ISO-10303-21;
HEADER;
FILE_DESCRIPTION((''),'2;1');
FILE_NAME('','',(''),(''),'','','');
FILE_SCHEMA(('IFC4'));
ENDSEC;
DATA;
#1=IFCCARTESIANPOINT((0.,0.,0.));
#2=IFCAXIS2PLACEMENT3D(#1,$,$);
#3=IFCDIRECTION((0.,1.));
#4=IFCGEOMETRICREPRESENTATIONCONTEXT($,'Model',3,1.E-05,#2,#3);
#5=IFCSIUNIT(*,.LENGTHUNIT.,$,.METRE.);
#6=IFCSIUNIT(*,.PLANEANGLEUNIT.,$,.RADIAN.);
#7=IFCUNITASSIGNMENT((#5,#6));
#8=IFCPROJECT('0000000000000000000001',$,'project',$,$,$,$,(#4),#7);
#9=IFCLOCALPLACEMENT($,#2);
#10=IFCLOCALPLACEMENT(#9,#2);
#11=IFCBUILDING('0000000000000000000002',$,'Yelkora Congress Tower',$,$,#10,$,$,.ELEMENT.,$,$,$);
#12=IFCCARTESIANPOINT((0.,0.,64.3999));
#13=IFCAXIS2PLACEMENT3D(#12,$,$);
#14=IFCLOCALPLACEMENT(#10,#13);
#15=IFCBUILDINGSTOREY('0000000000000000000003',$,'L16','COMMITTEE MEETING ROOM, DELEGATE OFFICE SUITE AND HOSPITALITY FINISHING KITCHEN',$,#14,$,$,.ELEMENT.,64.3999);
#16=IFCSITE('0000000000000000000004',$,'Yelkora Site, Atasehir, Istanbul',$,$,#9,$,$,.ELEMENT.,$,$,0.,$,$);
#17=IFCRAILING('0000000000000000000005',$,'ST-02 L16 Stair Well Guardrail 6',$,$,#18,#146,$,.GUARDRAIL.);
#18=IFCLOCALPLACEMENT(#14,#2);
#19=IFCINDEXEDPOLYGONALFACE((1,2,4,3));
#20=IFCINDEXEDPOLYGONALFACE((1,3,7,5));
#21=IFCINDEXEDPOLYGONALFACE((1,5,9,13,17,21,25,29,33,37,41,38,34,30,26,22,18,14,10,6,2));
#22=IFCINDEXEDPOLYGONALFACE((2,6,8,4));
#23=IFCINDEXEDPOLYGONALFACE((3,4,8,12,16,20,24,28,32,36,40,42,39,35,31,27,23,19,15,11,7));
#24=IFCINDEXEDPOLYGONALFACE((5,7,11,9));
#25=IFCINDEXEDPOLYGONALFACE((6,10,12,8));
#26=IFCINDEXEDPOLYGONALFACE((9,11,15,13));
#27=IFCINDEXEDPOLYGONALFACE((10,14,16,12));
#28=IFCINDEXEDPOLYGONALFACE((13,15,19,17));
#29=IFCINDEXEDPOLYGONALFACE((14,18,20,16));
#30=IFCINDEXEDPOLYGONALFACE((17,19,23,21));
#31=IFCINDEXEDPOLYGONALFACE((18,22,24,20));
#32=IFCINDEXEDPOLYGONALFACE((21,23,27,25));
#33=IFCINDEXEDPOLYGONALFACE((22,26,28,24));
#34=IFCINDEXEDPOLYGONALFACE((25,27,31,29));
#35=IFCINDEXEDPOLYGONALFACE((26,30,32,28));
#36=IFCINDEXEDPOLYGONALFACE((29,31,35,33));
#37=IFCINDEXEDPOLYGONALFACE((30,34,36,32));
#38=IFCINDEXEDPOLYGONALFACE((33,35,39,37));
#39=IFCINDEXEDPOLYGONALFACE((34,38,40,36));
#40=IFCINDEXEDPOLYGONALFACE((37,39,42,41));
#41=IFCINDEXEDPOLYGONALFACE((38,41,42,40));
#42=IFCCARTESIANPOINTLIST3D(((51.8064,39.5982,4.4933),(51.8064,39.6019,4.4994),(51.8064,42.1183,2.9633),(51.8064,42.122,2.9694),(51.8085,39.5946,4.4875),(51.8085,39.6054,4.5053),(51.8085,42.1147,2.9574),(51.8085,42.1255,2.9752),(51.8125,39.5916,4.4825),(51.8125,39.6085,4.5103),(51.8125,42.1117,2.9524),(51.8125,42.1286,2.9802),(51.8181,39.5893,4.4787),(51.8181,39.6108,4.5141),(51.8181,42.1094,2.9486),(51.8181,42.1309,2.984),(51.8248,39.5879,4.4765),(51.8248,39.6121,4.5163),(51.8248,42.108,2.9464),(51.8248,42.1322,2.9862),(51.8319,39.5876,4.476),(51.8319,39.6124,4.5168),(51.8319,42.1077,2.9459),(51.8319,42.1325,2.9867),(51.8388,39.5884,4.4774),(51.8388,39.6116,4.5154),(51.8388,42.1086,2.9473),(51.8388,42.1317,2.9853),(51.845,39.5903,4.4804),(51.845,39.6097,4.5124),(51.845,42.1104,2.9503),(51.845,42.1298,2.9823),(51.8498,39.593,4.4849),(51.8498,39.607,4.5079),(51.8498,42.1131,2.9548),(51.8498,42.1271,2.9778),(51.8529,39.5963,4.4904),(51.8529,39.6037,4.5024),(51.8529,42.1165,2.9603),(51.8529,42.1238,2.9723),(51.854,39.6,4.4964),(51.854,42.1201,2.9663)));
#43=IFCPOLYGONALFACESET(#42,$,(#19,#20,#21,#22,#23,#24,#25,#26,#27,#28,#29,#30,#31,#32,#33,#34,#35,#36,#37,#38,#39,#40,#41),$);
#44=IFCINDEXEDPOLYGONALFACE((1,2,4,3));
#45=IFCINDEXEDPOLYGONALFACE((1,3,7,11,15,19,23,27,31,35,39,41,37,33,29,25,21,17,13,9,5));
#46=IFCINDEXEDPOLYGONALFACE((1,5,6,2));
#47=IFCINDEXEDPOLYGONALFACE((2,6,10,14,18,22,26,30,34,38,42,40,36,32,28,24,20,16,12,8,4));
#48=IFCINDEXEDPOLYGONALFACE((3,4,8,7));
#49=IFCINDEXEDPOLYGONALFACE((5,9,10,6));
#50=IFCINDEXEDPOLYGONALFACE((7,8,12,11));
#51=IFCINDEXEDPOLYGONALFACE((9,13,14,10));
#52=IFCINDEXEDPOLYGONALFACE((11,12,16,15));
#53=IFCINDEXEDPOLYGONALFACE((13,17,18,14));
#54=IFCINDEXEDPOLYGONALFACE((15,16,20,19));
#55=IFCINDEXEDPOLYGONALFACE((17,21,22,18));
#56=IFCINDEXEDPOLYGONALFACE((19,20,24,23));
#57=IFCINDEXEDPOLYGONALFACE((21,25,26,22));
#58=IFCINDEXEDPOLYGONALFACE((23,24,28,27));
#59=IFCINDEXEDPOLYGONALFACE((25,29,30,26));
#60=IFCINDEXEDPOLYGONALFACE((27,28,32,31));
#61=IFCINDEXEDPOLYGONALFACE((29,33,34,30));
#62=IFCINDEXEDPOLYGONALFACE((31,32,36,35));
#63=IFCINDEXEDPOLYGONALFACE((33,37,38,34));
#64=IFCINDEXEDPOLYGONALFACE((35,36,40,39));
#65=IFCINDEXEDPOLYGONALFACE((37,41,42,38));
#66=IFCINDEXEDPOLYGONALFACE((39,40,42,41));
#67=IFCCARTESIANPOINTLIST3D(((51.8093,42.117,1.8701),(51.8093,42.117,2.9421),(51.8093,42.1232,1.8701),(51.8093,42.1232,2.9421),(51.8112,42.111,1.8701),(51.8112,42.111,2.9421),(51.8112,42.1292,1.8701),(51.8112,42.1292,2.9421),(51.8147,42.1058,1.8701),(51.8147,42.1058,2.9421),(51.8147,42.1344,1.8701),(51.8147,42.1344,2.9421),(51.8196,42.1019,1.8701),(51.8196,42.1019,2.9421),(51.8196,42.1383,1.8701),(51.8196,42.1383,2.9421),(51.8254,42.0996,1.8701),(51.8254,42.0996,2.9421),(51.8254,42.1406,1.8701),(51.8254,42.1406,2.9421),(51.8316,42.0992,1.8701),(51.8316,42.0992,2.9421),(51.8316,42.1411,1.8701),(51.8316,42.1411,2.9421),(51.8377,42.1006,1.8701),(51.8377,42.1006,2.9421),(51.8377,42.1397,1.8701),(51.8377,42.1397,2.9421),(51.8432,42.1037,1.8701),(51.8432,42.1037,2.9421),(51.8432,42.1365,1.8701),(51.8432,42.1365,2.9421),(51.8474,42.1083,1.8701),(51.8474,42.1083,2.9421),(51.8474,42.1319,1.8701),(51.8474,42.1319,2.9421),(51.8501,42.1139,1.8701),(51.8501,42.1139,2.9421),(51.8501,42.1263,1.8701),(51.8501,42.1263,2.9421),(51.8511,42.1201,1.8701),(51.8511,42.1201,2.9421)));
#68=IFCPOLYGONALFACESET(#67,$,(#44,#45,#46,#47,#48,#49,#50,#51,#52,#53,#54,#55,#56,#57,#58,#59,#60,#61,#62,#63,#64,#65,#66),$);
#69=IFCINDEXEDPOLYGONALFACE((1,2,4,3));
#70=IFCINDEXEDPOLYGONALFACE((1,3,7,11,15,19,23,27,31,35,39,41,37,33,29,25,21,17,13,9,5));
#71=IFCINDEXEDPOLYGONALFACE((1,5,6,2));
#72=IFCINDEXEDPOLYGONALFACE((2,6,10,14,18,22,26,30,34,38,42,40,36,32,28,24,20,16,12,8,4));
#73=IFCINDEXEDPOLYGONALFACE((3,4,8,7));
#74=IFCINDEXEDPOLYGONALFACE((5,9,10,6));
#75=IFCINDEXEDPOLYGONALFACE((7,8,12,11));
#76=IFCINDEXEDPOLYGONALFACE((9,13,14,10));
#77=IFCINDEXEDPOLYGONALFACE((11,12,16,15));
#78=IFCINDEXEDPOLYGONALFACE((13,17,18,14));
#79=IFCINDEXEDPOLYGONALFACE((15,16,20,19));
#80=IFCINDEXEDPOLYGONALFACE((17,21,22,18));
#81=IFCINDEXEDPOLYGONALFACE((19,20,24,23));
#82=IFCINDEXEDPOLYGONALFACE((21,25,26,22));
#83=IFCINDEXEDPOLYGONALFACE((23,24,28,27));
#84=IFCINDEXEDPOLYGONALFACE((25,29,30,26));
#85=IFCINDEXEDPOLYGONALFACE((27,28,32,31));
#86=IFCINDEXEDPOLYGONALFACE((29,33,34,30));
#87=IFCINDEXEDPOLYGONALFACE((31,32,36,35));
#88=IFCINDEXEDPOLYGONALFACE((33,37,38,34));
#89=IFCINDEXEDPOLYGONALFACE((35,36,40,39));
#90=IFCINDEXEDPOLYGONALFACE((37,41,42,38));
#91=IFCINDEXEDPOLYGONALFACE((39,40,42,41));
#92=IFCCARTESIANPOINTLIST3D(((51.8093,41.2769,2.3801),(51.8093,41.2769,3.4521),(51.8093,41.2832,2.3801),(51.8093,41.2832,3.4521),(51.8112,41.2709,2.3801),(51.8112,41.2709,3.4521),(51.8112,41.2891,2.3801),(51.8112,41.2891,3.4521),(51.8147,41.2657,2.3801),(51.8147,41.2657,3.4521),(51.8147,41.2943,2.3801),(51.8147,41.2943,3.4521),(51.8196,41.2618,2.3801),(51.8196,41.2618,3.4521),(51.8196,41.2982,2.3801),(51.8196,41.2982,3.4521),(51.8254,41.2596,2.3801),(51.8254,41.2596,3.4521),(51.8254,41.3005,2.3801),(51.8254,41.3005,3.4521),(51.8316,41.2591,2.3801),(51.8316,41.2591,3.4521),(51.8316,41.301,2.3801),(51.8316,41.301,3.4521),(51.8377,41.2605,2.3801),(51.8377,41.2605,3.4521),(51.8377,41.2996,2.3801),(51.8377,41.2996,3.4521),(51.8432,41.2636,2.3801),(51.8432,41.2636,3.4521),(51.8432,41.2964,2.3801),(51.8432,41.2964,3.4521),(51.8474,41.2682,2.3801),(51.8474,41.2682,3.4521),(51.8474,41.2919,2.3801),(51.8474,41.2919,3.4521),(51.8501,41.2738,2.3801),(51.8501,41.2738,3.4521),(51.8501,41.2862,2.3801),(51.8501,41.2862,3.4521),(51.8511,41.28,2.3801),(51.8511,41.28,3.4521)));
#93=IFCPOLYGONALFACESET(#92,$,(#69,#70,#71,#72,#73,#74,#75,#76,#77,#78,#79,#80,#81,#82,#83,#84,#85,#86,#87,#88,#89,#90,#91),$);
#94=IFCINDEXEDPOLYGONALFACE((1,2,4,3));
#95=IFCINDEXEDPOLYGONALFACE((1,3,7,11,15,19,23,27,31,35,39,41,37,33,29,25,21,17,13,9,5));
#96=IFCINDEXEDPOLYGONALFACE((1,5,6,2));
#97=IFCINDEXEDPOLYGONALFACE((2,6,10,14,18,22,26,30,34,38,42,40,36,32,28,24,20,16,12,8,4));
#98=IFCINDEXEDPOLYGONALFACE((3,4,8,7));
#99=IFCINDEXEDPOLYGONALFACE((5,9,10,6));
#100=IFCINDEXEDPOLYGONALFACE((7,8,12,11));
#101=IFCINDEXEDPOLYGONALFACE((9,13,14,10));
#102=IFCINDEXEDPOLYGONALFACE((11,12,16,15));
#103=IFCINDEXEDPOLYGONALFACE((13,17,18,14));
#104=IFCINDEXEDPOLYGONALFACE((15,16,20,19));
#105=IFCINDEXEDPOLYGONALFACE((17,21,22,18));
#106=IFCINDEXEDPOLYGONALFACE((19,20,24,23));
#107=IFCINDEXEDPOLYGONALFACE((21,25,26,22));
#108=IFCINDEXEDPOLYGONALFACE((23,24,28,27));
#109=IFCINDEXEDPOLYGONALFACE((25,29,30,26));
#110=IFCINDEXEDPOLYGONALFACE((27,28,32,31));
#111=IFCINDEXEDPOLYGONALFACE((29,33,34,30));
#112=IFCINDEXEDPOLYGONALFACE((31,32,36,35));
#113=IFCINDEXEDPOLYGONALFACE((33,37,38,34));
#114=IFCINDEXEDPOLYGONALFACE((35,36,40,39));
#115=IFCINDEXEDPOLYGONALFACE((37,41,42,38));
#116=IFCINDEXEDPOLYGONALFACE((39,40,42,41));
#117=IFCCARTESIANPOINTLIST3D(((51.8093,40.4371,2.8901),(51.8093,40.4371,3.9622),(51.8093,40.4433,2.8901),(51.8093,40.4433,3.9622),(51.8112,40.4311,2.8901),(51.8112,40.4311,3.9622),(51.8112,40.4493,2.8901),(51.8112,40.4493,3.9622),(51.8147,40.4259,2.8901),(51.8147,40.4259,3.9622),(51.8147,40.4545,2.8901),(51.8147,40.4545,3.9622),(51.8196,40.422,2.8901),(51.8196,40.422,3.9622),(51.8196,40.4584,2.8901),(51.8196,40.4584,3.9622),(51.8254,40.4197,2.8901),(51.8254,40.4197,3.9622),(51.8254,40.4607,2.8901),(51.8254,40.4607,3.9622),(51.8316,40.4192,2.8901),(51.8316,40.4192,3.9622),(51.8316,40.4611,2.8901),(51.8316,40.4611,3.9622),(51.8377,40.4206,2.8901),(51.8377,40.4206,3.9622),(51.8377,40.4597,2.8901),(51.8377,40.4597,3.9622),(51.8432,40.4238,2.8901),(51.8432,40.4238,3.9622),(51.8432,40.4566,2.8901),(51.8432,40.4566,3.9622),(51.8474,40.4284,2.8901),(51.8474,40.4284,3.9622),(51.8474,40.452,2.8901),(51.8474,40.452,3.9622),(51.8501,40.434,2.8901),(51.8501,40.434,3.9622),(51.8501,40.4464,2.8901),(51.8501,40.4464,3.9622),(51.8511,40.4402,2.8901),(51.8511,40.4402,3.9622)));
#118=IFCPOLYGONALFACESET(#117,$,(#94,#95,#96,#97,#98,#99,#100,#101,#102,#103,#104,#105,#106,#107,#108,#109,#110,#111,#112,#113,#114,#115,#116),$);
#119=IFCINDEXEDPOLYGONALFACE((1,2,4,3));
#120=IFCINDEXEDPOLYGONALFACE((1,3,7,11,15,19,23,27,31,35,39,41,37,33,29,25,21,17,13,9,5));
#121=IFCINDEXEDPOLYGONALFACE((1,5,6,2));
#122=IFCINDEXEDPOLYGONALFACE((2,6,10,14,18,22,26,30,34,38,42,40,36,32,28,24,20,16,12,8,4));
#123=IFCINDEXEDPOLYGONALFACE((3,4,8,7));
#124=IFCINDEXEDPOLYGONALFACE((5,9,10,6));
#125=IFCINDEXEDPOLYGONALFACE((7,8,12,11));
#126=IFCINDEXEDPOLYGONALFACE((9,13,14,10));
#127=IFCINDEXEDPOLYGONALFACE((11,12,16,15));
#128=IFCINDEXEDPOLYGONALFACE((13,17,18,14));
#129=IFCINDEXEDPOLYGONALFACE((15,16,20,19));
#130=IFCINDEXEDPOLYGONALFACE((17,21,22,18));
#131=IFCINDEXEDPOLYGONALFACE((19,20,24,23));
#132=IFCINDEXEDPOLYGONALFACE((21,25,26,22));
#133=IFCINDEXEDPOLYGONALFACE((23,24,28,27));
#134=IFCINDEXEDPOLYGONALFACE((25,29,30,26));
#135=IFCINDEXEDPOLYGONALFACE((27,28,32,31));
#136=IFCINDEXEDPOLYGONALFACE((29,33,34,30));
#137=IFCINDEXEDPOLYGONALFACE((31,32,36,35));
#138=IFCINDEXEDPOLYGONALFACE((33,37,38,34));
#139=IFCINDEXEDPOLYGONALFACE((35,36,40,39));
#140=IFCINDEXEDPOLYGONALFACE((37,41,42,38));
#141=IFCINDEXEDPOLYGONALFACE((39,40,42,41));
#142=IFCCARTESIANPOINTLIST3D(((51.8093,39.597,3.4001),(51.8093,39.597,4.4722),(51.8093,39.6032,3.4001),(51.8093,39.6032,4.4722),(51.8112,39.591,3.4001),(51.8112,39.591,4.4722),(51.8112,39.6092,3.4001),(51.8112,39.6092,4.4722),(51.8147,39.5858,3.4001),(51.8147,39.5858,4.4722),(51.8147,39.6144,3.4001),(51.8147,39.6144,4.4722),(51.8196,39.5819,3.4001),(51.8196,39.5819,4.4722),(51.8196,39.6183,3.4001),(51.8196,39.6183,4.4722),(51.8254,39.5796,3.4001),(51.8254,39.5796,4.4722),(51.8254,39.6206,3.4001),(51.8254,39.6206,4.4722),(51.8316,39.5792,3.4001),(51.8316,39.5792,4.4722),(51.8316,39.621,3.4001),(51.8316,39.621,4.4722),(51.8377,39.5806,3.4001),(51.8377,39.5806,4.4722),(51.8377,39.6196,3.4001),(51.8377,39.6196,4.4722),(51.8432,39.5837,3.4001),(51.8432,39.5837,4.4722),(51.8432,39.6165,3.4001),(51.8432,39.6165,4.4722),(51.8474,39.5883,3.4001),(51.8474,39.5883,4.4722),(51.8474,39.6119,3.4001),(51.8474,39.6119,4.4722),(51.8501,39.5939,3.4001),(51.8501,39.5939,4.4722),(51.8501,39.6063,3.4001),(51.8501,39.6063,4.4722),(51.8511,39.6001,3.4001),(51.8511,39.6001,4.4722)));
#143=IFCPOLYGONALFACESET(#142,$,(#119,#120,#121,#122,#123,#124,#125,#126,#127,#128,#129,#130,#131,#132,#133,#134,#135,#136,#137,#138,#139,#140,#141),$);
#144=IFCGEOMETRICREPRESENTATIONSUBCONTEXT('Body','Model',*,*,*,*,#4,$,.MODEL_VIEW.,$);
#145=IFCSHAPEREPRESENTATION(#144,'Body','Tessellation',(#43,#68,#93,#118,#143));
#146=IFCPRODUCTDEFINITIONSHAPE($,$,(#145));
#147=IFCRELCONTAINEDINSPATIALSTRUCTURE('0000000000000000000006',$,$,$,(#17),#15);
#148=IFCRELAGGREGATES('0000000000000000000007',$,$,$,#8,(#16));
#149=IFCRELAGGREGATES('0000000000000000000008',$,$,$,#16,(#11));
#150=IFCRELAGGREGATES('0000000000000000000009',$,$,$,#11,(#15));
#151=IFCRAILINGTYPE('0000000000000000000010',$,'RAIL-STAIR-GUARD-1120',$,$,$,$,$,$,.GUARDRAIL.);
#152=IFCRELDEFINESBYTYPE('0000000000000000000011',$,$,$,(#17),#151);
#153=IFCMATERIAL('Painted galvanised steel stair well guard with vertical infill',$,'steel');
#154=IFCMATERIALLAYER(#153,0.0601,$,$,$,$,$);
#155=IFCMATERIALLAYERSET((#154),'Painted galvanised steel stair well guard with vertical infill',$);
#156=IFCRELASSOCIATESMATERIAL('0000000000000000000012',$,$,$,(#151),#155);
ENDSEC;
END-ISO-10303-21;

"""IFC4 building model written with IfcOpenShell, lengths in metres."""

from ifc_helpers import new_model, si_unit, direction, frame, origin, origin_2d, place, context, subcontext, project, spatial, circle, extrude, material, layer, layer_set, type_object, element, save


model = new_model("IFC4")

# Units and contexts
model_context = context("Model", 3, precision=1e-05, world=origin(), true_north=direction((0.0, 1.0)))
body_context = subcontext(model_context, "Body", "Model", "MODEL_VIEW")
ifc_project = project(units=[si_unit("LENGTHUNIT", "METRE"), si_unit("PLANEANGLEUNIT", "RADIAN")], contexts=[model_context])

# Site, building, storey
site_placement = place(None, origin())
site = spatial("IfcSite", under=ifc_project, at=site_placement, Name="Yelkora Site, Atasehir, Istanbul", CompositionType="ELEMENT", RefElevation=0.0)
building_placement = place(site_placement, origin())
building = spatial("IfcBuilding", under=site, at=building_placement, Name="Yelkora Congress Tower", CompositionType="ELEMENT")
storey_placement = place(building_placement, frame((0.0, 0.0, 64.3999)))
storey = spatial("IfcBuildingStorey", under=building, at=storey_placement, Name="L16", Description="COMMITTEE MEETING ROOM, DELEGATE OFFICE SUITE AND HOSPITALITY FINISHING KITCHEN", CompositionType="ELEMENT", Elevation=64.3999)

# Railing
ifc_material_1 = material(Name="Painted galvanised steel stair well guard with vertical infill", Category="steel")
ifc_layer_1 = layer(ifc_material_1, 0.0601)
ifc_layer_set_1 = layer_set([ifc_layer_1], Name="Painted galvanised steel stair well guard with vertical infill")
railing_type_1 = type_object("IfcRailingType", Name="RAIL-STAIR-GUARD-1120", PredefinedType="GUARDRAIL", material=ifc_layer_set_1)
railing_1_placement = place(storey_placement, frame((51.8301, 42.1201, 1.8701)))
element("IfcRailing", 1, at=railing_1_placement, inside=storey, type_object=railing_type_1, Name="ST-02 L16 Stair Well Guardrail 6", PredefinedType="GUARDRAIL", context=body_context, shape_type="SweptSolid", body=[
    extrude(circle(Radius=0.0239, at=origin_2d()), frame((0.0, 0.0, 1.0962), z_axis=(0.0, -0.854785, 0.518982), x_axis=(1.0, 0.0, 0.0)), (0.0, 0.0, 1.0), 2.9482),
    extrude(circle(Radius=0.021, at=origin_2d()), origin(), (0.0, 0.0, 1.0), 1.072),
    extrude(circle(Radius=0.021, at=origin_2d()), frame((0.0, -0.8401, 0.51)), (0.0, 0.0, 1.0), 1.072),
    extrude(circle(Radius=0.021, at=origin_2d()), frame((0.0, -1.6799, 1.02)), (0.0, 0.0, 1.0), 1.072),
    extrude(circle(Radius=0.021, at=origin_2d()), frame((0.0, -2.52, 1.53)), (0.0, 0.0, 1.0), 1.072),
])

save(model, "model.ifc")
